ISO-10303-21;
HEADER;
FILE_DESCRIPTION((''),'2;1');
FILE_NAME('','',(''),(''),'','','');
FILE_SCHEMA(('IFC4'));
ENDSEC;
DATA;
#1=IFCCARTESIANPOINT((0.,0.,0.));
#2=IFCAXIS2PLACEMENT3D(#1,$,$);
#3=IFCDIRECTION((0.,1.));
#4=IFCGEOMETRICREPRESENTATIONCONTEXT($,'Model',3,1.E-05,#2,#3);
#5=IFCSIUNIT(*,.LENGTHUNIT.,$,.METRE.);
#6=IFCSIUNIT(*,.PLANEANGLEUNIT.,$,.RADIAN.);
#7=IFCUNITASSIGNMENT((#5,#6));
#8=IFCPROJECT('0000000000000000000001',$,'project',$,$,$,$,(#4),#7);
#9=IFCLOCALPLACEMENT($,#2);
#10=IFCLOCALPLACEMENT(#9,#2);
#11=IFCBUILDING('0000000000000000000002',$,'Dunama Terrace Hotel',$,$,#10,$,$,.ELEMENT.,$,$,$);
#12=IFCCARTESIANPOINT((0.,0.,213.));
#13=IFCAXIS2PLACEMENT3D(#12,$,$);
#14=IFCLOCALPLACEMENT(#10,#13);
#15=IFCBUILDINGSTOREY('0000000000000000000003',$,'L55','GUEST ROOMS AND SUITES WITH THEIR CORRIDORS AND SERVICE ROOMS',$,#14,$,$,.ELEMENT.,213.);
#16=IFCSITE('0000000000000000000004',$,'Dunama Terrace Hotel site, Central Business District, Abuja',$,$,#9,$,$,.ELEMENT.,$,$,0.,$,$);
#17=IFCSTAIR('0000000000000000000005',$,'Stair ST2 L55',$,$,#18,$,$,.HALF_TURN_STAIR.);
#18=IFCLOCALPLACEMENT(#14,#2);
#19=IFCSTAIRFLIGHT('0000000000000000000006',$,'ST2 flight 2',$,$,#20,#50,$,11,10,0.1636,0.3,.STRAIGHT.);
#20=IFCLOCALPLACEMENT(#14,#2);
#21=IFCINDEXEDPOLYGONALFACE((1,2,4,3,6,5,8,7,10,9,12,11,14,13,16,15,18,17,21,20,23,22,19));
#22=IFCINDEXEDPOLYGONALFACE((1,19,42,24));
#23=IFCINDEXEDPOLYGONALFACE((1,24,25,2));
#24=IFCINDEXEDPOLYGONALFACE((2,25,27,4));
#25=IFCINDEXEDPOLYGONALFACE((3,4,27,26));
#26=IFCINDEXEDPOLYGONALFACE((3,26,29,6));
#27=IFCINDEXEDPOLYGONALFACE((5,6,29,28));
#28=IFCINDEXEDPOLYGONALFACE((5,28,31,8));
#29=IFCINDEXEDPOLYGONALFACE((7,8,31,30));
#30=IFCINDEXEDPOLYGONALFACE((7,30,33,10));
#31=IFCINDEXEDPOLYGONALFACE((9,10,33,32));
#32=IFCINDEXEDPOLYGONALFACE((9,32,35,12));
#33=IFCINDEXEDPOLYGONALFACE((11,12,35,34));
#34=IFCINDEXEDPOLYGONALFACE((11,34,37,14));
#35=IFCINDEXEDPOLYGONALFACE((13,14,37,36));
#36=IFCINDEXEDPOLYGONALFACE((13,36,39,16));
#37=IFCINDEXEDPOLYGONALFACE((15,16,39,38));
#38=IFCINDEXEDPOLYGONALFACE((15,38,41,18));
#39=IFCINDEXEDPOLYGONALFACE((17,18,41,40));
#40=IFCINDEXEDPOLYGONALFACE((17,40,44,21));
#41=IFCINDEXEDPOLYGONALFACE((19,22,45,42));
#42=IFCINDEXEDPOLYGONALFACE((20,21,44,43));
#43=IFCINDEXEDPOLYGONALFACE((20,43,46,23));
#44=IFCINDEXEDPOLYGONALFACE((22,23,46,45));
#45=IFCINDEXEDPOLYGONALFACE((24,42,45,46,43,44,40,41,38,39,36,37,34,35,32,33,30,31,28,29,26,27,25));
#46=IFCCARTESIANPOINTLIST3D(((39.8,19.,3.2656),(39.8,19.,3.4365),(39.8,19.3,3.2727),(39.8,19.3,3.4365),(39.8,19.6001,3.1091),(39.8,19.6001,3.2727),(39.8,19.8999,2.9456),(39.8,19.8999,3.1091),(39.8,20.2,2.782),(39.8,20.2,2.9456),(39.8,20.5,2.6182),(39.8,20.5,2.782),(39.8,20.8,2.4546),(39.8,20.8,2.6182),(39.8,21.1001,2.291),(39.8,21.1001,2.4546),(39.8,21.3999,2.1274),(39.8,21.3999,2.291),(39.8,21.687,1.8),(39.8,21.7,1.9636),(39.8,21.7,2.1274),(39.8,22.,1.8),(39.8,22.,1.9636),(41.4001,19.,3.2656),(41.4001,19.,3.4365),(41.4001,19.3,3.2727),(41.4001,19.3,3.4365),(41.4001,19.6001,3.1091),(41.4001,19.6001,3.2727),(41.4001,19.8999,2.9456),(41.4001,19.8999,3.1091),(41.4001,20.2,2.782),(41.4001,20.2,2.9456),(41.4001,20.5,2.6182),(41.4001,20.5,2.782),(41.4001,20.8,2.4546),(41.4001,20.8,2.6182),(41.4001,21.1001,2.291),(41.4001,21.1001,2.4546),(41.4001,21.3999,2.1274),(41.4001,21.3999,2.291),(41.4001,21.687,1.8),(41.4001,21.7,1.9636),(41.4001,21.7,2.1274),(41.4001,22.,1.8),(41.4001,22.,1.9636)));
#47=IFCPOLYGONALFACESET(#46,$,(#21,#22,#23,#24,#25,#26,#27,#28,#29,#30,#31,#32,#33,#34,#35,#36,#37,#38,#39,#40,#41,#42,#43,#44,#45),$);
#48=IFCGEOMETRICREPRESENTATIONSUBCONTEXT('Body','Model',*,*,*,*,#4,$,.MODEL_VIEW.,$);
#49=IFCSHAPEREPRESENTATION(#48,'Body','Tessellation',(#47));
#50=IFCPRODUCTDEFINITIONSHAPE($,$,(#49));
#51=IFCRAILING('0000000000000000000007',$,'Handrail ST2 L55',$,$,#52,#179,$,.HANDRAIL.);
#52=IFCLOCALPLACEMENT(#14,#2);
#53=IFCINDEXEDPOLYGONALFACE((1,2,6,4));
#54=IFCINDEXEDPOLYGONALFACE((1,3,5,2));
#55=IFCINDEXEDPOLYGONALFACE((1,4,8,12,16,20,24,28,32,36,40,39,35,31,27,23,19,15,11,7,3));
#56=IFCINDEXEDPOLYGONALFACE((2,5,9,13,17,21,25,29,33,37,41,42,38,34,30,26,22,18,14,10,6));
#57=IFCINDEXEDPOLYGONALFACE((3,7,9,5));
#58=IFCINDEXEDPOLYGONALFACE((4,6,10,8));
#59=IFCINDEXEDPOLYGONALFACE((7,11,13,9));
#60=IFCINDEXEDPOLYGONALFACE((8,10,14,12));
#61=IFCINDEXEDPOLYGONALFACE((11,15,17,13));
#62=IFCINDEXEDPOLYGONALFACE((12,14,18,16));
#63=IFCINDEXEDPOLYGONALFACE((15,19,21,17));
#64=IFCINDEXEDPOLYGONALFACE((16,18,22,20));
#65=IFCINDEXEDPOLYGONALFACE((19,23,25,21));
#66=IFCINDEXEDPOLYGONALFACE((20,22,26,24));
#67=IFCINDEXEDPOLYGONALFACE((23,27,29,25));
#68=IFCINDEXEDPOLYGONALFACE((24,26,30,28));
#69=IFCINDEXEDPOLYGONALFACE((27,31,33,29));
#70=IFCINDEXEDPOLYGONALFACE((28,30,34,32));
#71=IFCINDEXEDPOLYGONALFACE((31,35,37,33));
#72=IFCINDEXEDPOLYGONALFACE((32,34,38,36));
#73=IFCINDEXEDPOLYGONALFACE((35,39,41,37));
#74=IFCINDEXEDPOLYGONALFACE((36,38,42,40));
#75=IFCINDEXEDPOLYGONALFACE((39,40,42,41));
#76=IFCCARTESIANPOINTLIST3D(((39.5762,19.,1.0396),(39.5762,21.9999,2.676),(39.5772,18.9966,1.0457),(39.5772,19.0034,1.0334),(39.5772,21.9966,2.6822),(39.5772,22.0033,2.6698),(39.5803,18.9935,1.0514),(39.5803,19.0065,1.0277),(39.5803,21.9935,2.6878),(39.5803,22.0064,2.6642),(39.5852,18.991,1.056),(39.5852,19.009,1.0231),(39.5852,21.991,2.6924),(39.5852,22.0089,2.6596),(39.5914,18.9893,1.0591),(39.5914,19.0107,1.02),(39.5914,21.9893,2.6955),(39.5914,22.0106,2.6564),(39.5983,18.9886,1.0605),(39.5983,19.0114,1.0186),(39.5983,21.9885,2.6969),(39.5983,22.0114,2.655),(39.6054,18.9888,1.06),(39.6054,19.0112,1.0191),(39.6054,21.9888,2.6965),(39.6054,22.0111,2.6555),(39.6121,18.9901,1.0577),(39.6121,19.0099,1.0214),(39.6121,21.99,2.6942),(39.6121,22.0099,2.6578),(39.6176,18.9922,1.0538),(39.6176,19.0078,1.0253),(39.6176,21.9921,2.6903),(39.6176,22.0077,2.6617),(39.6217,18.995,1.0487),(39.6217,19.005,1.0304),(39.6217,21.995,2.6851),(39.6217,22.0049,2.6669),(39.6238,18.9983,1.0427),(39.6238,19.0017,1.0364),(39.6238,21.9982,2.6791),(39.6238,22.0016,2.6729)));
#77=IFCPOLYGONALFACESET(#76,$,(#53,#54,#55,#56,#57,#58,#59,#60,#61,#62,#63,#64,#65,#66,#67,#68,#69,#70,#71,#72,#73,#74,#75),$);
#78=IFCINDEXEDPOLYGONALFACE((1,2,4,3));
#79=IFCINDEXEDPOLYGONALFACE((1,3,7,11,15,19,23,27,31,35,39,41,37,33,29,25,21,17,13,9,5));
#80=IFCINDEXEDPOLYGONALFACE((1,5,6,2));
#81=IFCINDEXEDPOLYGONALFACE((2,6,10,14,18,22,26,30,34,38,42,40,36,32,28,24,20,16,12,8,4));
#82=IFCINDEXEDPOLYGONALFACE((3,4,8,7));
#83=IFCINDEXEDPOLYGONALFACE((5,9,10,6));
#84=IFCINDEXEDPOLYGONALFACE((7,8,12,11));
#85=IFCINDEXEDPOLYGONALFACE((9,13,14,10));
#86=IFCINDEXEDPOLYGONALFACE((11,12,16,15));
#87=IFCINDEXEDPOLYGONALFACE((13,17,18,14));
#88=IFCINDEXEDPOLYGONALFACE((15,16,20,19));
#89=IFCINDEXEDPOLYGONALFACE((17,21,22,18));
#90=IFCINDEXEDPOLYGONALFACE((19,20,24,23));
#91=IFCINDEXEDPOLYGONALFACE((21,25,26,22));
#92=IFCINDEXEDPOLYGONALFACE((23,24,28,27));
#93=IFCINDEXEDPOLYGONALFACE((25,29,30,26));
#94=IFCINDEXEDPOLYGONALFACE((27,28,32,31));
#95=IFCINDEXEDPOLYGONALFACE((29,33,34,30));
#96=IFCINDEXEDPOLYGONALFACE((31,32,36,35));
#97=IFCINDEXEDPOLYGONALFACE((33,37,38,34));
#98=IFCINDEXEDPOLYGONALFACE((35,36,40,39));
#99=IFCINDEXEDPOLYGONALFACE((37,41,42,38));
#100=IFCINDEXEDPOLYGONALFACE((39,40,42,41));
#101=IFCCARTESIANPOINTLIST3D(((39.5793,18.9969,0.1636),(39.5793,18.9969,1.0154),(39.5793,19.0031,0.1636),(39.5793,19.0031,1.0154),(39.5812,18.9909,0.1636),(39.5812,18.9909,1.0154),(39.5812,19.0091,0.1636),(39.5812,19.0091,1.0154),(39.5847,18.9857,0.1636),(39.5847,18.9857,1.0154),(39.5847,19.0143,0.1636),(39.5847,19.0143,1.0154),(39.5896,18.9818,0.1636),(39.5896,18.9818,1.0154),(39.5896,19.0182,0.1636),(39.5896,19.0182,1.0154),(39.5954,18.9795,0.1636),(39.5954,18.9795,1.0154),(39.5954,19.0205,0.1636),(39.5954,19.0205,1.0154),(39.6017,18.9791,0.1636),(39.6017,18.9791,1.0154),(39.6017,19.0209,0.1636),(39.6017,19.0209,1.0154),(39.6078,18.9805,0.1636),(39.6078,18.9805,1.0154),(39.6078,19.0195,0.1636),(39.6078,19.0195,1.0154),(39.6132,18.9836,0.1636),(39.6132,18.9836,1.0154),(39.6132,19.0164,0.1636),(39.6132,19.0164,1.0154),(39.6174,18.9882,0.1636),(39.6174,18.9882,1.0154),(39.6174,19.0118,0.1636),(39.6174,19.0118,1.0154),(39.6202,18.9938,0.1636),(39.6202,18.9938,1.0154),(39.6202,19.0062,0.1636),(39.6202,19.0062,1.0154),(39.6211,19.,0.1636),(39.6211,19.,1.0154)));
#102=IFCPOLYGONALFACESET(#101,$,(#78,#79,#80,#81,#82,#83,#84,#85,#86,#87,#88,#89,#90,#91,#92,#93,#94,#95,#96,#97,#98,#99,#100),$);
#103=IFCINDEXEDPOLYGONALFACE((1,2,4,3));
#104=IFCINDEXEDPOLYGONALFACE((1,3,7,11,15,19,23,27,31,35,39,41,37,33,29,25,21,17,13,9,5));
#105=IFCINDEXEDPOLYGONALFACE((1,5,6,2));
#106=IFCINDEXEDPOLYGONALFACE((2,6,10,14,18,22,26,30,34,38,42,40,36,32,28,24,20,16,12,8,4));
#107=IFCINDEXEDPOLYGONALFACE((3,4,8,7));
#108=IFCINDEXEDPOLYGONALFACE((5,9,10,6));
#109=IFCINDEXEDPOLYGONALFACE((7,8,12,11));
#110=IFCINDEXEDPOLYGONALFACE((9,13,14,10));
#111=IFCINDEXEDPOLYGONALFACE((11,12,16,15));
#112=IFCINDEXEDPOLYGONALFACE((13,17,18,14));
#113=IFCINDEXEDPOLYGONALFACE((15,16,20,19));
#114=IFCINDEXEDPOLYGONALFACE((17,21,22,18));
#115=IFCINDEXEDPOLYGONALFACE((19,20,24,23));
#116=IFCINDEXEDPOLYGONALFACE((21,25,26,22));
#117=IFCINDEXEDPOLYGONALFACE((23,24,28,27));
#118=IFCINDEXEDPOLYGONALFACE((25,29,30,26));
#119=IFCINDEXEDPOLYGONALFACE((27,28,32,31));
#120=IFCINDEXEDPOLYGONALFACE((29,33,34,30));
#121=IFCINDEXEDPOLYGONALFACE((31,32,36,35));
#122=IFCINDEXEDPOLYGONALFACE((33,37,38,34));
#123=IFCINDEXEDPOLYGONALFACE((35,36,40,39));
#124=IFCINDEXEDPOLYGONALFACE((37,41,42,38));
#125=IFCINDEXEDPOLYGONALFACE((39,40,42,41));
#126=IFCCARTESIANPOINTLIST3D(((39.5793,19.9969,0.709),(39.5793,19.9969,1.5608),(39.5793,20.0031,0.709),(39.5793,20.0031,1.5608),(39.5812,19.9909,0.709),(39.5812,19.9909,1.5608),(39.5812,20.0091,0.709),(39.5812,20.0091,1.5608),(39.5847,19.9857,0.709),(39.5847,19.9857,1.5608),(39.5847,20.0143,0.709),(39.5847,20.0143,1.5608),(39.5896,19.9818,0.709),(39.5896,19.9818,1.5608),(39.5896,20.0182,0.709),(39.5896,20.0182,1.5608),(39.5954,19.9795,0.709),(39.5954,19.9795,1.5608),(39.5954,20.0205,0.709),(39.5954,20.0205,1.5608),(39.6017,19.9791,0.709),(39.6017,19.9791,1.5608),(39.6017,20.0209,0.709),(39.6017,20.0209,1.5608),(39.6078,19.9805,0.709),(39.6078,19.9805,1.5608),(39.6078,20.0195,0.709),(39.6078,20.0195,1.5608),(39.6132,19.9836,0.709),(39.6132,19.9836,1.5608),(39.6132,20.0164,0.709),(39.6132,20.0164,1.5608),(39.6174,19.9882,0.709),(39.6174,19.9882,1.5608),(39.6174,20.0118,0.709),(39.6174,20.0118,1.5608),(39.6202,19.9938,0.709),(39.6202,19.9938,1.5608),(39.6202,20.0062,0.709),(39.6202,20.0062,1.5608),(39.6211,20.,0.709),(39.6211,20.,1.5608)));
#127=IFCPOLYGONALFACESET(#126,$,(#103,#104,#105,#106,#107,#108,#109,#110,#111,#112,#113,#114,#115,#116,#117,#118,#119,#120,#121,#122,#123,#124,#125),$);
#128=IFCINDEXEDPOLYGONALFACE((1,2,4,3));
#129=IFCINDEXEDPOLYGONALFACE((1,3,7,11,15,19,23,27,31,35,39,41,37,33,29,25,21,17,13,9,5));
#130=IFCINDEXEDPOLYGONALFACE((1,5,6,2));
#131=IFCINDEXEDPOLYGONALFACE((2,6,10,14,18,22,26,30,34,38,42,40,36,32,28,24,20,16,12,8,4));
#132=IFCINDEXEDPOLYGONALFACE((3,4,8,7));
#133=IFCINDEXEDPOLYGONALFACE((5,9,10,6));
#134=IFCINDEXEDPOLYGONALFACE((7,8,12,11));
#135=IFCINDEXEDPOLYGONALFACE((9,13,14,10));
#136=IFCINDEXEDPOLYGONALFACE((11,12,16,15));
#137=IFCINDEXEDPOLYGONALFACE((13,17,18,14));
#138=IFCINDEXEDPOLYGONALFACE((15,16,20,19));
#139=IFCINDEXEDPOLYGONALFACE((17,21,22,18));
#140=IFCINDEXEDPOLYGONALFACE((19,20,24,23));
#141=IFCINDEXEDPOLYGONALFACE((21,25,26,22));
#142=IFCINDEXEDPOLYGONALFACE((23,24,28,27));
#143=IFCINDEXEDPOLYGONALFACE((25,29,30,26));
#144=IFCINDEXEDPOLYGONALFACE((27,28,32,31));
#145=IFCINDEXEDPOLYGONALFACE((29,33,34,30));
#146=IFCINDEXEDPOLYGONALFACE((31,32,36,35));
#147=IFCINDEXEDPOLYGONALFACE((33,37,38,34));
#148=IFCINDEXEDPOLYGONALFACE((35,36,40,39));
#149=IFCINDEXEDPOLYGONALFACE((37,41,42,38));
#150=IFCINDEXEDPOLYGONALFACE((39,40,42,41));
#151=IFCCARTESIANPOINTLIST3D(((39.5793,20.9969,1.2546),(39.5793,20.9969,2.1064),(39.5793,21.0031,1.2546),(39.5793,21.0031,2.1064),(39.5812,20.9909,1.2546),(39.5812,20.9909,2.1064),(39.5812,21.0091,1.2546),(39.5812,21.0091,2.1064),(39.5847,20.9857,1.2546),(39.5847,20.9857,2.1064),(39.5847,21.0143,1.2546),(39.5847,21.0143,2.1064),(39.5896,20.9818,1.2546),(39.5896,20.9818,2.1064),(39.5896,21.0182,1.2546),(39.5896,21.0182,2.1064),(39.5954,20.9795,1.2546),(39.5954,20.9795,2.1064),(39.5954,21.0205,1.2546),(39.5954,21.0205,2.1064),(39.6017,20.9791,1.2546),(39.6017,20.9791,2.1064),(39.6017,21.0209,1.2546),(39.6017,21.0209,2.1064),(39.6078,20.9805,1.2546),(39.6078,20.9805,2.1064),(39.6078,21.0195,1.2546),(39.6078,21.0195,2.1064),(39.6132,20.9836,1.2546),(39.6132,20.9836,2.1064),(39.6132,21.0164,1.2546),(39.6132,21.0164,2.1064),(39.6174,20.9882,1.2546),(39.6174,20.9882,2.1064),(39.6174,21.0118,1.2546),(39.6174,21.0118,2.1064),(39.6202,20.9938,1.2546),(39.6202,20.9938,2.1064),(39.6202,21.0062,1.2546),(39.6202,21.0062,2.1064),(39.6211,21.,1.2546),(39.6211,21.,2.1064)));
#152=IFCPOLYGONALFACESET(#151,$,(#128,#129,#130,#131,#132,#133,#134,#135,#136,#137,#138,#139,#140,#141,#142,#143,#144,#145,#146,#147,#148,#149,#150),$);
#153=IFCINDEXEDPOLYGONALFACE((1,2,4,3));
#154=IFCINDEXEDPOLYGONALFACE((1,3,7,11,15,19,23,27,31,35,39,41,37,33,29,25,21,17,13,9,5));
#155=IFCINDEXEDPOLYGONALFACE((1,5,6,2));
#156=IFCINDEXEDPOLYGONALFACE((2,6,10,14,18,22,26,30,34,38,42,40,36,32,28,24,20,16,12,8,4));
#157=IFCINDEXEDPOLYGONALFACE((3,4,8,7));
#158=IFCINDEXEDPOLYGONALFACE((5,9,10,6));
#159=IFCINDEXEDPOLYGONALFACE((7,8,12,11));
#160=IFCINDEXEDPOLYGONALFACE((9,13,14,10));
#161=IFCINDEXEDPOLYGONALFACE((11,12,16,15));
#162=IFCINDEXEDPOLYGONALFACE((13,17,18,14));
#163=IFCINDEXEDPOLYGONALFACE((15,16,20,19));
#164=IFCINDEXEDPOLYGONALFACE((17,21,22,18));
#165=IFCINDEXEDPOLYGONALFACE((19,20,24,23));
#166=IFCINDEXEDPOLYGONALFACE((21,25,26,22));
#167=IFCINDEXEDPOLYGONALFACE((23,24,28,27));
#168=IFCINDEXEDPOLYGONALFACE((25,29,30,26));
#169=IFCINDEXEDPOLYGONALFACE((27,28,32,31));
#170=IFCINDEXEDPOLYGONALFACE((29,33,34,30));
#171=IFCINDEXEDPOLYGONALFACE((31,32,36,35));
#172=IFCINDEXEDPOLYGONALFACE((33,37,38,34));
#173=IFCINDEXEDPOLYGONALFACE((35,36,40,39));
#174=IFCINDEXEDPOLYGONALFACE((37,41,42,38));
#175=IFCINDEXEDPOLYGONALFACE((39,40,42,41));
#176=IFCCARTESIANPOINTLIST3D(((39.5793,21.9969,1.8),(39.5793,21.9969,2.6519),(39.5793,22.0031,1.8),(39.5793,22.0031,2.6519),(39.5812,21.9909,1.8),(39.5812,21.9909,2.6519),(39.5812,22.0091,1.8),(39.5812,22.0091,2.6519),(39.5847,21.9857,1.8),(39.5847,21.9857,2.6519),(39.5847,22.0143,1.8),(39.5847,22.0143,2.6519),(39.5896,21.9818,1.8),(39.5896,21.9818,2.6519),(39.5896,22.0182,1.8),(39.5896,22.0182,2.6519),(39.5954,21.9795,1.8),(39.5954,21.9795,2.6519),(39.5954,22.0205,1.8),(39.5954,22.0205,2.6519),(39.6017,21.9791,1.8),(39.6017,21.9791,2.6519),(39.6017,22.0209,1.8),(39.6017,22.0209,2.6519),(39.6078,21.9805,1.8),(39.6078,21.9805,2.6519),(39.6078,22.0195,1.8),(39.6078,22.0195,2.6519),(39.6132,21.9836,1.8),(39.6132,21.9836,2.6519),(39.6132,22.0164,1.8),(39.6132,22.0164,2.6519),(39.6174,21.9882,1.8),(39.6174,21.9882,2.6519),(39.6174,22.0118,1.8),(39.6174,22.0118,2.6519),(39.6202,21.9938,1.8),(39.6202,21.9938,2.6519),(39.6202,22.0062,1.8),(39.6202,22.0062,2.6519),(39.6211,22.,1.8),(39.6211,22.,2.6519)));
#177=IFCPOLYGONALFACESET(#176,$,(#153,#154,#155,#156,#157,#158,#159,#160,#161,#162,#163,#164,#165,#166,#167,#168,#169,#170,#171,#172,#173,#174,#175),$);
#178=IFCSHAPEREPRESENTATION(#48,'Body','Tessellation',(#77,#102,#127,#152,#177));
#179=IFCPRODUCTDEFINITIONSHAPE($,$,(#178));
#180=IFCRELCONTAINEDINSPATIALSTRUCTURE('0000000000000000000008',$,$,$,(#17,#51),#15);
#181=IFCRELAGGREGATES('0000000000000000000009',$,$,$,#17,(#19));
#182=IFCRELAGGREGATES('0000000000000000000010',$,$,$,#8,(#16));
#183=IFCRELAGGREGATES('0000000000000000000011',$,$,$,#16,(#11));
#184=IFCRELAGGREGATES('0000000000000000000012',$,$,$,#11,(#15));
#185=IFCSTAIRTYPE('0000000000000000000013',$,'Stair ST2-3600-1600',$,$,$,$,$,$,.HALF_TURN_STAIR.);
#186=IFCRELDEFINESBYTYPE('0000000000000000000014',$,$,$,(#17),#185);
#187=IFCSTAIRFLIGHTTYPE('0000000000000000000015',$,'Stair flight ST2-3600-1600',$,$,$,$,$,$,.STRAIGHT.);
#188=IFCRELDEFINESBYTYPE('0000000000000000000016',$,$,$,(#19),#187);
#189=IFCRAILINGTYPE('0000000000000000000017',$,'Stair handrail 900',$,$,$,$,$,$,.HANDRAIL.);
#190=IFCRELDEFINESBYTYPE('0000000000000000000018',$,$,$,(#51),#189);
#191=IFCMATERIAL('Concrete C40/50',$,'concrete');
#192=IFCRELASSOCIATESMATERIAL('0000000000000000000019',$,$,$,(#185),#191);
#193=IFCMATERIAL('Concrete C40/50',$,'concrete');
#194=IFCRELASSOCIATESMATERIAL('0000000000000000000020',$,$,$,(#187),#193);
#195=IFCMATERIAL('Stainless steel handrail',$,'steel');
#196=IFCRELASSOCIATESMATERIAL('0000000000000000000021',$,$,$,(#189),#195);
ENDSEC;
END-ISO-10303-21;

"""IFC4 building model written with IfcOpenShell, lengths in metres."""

from ifc_helpers import new_model, si_unit, direction, frame, origin, origin_2d, place, context, subcontext, project, spatial, polyline, circle, outline, extrude, material, type_object, element, aggregate, save


model = new_model("IFC4")

# Units and contexts
model_context = context("Model", 3, precision=1e-05, world=origin(), true_north=direction((0.0, 1.0)))
body_context = subcontext(model_context, "Body", "Model", "MODEL_VIEW")
ifc_project = project(units=[si_unit("LENGTHUNIT", "METRE"), si_unit("PLANEANGLEUNIT", "RADIAN")], contexts=[model_context])

# Site, building, storey
site_placement = place(None, origin())
site = spatial("IfcSite", under=ifc_project, at=site_placement, Name="Dunama Terrace Hotel site, Central Business District, Abuja", CompositionType="ELEMENT", RefElevation=0.0)
building_placement = place(site_placement, origin())
building = spatial("IfcBuilding", under=site, at=building_placement, Name="Dunama Terrace Hotel", CompositionType="ELEMENT")
storey_placement = place(building_placement, frame((0.0, 0.0, 213.0)))
storey = spatial("IfcBuildingStorey", under=building, at=storey_placement, Name="L55", Description="GUEST ROOMS AND SUITES WITH THEIR CORRIDORS AND SERVICE ROOMS", CompositionType="ELEMENT", Elevation=213.0)

# Stair, stair flight
ifc_material_1 = material(Name="Concrete C40/50", Category="concrete")
stair_type = type_object("IfcStairType", Name="Stair ST2-3600-1600", PredefinedType="HALF_TURN_STAIR", material=ifc_material_1)
stair_placement = place(storey_placement, origin())
stair = element("IfcStair", 1, at=stair_placement, inside=storey, type_object=stair_type, Name="Stair ST2 L55", PredefinedType="HALF_TURN_STAIR")
ifc_material_2 = material(Name="Concrete C40/50", Category="concrete")
stair_flight_type = type_object("IfcStairFlightType", Name="Stair flight ST2-3600-1600", PredefinedType="STRAIGHT", material=ifc_material_2)
stair_flight_1_placement = place(storey_placement, frame((40.6001, 22.0, 1.8), z_axis=(0.0, 0.0, 1.0), x_axis=(0.0, -1.0, 0.0)))
stair_flight_1 = element("IfcStairFlight", 2, at=stair_flight_1_placement, type_object=stair_flight_type, Name="ST2 flight 2", NumberOfRisers=11, NumberOfTreads=10, PredefinedType="STRAIGHT", RiserHeight=0.1636, TreadLength=0.3, context=body_context, shape_type="SweptSolid", body=[
    extrude(outline(polyline([(0.0, 0.0), (0.0, 0.1636), (0.3, 0.1636), (0.3, 0.3274), (0.6001, 0.3274), (0.6001, 0.491), (0.8999, 0.491), (0.8999, 0.6545), (1.2, 0.6545), (1.2, 0.8181), (1.5, 0.8181), (1.5, 0.9819), (1.8, 0.9819), (1.8, 1.1455), (2.1001, 1.1455), (2.1001, 1.3091), (2.3999, 1.3091), (2.3999, 1.4727), (2.7, 1.4727), (2.7, 1.6365), (3.0, 1.6365), (3.0, 1.8), (3.0, 1.4656), (0.313, 0.0), (0.0, 0.0)])), frame((0.0, 0.8, 0.0), z_axis=(0.0, -1.0, 0.0), x_axis=(1.0, 0.0, 0.0)), (0.0, 0.0, 1.0), 1.6001),
])
aggregate(stair, [stair_flight_1])

# Railing
ifc_material_3 = material(Name="Stainless steel handrail", Category="steel")
railing_type = type_object("IfcRailingType", Name="Stair handrail 900", PredefinedType="HANDRAIL", material=ifc_material_3)
railing_1_placement = place(storey_placement, frame((39.6001, 19.0, 0.1636)))
element("IfcRailing", 3, at=railing_1_placement, inside=storey, type_object=railing_type, Name="Handrail ST2 L55", PredefinedType="HANDRAIL", context=body_context, shape_type="SweptSolid", body=[
    extrude(circle(Radius=0.0239, at=origin_2d()), frame((0.0, 0.0, 0.876), z_axis=(0.0, 0.877882, 0.478877), x_axis=(-1.0, 0.0, 0.0)), (0.0, 0.0, 1.0), 3.4172),
    extrude(circle(Radius=0.021, at=origin_2d()), origin(), (0.0, 0.0, 1.0), 0.8518),
    extrude(circle(Radius=0.021, at=origin_2d()), frame((0.0, 1.0, 0.5454)), (0.0, 0.0, 1.0), 0.8518),
    extrude(circle(Radius=0.021, at=origin_2d()), frame((0.0, 2.0, 1.0911)), (0.0, 0.0, 1.0), 0.8518),
    extrude(circle(Radius=0.021, at=origin_2d()), frame((0.0, 3.0, 1.6365)), (0.0, 0.0, 1.0), 0.8518),
])

save(model, "model.ifc")
